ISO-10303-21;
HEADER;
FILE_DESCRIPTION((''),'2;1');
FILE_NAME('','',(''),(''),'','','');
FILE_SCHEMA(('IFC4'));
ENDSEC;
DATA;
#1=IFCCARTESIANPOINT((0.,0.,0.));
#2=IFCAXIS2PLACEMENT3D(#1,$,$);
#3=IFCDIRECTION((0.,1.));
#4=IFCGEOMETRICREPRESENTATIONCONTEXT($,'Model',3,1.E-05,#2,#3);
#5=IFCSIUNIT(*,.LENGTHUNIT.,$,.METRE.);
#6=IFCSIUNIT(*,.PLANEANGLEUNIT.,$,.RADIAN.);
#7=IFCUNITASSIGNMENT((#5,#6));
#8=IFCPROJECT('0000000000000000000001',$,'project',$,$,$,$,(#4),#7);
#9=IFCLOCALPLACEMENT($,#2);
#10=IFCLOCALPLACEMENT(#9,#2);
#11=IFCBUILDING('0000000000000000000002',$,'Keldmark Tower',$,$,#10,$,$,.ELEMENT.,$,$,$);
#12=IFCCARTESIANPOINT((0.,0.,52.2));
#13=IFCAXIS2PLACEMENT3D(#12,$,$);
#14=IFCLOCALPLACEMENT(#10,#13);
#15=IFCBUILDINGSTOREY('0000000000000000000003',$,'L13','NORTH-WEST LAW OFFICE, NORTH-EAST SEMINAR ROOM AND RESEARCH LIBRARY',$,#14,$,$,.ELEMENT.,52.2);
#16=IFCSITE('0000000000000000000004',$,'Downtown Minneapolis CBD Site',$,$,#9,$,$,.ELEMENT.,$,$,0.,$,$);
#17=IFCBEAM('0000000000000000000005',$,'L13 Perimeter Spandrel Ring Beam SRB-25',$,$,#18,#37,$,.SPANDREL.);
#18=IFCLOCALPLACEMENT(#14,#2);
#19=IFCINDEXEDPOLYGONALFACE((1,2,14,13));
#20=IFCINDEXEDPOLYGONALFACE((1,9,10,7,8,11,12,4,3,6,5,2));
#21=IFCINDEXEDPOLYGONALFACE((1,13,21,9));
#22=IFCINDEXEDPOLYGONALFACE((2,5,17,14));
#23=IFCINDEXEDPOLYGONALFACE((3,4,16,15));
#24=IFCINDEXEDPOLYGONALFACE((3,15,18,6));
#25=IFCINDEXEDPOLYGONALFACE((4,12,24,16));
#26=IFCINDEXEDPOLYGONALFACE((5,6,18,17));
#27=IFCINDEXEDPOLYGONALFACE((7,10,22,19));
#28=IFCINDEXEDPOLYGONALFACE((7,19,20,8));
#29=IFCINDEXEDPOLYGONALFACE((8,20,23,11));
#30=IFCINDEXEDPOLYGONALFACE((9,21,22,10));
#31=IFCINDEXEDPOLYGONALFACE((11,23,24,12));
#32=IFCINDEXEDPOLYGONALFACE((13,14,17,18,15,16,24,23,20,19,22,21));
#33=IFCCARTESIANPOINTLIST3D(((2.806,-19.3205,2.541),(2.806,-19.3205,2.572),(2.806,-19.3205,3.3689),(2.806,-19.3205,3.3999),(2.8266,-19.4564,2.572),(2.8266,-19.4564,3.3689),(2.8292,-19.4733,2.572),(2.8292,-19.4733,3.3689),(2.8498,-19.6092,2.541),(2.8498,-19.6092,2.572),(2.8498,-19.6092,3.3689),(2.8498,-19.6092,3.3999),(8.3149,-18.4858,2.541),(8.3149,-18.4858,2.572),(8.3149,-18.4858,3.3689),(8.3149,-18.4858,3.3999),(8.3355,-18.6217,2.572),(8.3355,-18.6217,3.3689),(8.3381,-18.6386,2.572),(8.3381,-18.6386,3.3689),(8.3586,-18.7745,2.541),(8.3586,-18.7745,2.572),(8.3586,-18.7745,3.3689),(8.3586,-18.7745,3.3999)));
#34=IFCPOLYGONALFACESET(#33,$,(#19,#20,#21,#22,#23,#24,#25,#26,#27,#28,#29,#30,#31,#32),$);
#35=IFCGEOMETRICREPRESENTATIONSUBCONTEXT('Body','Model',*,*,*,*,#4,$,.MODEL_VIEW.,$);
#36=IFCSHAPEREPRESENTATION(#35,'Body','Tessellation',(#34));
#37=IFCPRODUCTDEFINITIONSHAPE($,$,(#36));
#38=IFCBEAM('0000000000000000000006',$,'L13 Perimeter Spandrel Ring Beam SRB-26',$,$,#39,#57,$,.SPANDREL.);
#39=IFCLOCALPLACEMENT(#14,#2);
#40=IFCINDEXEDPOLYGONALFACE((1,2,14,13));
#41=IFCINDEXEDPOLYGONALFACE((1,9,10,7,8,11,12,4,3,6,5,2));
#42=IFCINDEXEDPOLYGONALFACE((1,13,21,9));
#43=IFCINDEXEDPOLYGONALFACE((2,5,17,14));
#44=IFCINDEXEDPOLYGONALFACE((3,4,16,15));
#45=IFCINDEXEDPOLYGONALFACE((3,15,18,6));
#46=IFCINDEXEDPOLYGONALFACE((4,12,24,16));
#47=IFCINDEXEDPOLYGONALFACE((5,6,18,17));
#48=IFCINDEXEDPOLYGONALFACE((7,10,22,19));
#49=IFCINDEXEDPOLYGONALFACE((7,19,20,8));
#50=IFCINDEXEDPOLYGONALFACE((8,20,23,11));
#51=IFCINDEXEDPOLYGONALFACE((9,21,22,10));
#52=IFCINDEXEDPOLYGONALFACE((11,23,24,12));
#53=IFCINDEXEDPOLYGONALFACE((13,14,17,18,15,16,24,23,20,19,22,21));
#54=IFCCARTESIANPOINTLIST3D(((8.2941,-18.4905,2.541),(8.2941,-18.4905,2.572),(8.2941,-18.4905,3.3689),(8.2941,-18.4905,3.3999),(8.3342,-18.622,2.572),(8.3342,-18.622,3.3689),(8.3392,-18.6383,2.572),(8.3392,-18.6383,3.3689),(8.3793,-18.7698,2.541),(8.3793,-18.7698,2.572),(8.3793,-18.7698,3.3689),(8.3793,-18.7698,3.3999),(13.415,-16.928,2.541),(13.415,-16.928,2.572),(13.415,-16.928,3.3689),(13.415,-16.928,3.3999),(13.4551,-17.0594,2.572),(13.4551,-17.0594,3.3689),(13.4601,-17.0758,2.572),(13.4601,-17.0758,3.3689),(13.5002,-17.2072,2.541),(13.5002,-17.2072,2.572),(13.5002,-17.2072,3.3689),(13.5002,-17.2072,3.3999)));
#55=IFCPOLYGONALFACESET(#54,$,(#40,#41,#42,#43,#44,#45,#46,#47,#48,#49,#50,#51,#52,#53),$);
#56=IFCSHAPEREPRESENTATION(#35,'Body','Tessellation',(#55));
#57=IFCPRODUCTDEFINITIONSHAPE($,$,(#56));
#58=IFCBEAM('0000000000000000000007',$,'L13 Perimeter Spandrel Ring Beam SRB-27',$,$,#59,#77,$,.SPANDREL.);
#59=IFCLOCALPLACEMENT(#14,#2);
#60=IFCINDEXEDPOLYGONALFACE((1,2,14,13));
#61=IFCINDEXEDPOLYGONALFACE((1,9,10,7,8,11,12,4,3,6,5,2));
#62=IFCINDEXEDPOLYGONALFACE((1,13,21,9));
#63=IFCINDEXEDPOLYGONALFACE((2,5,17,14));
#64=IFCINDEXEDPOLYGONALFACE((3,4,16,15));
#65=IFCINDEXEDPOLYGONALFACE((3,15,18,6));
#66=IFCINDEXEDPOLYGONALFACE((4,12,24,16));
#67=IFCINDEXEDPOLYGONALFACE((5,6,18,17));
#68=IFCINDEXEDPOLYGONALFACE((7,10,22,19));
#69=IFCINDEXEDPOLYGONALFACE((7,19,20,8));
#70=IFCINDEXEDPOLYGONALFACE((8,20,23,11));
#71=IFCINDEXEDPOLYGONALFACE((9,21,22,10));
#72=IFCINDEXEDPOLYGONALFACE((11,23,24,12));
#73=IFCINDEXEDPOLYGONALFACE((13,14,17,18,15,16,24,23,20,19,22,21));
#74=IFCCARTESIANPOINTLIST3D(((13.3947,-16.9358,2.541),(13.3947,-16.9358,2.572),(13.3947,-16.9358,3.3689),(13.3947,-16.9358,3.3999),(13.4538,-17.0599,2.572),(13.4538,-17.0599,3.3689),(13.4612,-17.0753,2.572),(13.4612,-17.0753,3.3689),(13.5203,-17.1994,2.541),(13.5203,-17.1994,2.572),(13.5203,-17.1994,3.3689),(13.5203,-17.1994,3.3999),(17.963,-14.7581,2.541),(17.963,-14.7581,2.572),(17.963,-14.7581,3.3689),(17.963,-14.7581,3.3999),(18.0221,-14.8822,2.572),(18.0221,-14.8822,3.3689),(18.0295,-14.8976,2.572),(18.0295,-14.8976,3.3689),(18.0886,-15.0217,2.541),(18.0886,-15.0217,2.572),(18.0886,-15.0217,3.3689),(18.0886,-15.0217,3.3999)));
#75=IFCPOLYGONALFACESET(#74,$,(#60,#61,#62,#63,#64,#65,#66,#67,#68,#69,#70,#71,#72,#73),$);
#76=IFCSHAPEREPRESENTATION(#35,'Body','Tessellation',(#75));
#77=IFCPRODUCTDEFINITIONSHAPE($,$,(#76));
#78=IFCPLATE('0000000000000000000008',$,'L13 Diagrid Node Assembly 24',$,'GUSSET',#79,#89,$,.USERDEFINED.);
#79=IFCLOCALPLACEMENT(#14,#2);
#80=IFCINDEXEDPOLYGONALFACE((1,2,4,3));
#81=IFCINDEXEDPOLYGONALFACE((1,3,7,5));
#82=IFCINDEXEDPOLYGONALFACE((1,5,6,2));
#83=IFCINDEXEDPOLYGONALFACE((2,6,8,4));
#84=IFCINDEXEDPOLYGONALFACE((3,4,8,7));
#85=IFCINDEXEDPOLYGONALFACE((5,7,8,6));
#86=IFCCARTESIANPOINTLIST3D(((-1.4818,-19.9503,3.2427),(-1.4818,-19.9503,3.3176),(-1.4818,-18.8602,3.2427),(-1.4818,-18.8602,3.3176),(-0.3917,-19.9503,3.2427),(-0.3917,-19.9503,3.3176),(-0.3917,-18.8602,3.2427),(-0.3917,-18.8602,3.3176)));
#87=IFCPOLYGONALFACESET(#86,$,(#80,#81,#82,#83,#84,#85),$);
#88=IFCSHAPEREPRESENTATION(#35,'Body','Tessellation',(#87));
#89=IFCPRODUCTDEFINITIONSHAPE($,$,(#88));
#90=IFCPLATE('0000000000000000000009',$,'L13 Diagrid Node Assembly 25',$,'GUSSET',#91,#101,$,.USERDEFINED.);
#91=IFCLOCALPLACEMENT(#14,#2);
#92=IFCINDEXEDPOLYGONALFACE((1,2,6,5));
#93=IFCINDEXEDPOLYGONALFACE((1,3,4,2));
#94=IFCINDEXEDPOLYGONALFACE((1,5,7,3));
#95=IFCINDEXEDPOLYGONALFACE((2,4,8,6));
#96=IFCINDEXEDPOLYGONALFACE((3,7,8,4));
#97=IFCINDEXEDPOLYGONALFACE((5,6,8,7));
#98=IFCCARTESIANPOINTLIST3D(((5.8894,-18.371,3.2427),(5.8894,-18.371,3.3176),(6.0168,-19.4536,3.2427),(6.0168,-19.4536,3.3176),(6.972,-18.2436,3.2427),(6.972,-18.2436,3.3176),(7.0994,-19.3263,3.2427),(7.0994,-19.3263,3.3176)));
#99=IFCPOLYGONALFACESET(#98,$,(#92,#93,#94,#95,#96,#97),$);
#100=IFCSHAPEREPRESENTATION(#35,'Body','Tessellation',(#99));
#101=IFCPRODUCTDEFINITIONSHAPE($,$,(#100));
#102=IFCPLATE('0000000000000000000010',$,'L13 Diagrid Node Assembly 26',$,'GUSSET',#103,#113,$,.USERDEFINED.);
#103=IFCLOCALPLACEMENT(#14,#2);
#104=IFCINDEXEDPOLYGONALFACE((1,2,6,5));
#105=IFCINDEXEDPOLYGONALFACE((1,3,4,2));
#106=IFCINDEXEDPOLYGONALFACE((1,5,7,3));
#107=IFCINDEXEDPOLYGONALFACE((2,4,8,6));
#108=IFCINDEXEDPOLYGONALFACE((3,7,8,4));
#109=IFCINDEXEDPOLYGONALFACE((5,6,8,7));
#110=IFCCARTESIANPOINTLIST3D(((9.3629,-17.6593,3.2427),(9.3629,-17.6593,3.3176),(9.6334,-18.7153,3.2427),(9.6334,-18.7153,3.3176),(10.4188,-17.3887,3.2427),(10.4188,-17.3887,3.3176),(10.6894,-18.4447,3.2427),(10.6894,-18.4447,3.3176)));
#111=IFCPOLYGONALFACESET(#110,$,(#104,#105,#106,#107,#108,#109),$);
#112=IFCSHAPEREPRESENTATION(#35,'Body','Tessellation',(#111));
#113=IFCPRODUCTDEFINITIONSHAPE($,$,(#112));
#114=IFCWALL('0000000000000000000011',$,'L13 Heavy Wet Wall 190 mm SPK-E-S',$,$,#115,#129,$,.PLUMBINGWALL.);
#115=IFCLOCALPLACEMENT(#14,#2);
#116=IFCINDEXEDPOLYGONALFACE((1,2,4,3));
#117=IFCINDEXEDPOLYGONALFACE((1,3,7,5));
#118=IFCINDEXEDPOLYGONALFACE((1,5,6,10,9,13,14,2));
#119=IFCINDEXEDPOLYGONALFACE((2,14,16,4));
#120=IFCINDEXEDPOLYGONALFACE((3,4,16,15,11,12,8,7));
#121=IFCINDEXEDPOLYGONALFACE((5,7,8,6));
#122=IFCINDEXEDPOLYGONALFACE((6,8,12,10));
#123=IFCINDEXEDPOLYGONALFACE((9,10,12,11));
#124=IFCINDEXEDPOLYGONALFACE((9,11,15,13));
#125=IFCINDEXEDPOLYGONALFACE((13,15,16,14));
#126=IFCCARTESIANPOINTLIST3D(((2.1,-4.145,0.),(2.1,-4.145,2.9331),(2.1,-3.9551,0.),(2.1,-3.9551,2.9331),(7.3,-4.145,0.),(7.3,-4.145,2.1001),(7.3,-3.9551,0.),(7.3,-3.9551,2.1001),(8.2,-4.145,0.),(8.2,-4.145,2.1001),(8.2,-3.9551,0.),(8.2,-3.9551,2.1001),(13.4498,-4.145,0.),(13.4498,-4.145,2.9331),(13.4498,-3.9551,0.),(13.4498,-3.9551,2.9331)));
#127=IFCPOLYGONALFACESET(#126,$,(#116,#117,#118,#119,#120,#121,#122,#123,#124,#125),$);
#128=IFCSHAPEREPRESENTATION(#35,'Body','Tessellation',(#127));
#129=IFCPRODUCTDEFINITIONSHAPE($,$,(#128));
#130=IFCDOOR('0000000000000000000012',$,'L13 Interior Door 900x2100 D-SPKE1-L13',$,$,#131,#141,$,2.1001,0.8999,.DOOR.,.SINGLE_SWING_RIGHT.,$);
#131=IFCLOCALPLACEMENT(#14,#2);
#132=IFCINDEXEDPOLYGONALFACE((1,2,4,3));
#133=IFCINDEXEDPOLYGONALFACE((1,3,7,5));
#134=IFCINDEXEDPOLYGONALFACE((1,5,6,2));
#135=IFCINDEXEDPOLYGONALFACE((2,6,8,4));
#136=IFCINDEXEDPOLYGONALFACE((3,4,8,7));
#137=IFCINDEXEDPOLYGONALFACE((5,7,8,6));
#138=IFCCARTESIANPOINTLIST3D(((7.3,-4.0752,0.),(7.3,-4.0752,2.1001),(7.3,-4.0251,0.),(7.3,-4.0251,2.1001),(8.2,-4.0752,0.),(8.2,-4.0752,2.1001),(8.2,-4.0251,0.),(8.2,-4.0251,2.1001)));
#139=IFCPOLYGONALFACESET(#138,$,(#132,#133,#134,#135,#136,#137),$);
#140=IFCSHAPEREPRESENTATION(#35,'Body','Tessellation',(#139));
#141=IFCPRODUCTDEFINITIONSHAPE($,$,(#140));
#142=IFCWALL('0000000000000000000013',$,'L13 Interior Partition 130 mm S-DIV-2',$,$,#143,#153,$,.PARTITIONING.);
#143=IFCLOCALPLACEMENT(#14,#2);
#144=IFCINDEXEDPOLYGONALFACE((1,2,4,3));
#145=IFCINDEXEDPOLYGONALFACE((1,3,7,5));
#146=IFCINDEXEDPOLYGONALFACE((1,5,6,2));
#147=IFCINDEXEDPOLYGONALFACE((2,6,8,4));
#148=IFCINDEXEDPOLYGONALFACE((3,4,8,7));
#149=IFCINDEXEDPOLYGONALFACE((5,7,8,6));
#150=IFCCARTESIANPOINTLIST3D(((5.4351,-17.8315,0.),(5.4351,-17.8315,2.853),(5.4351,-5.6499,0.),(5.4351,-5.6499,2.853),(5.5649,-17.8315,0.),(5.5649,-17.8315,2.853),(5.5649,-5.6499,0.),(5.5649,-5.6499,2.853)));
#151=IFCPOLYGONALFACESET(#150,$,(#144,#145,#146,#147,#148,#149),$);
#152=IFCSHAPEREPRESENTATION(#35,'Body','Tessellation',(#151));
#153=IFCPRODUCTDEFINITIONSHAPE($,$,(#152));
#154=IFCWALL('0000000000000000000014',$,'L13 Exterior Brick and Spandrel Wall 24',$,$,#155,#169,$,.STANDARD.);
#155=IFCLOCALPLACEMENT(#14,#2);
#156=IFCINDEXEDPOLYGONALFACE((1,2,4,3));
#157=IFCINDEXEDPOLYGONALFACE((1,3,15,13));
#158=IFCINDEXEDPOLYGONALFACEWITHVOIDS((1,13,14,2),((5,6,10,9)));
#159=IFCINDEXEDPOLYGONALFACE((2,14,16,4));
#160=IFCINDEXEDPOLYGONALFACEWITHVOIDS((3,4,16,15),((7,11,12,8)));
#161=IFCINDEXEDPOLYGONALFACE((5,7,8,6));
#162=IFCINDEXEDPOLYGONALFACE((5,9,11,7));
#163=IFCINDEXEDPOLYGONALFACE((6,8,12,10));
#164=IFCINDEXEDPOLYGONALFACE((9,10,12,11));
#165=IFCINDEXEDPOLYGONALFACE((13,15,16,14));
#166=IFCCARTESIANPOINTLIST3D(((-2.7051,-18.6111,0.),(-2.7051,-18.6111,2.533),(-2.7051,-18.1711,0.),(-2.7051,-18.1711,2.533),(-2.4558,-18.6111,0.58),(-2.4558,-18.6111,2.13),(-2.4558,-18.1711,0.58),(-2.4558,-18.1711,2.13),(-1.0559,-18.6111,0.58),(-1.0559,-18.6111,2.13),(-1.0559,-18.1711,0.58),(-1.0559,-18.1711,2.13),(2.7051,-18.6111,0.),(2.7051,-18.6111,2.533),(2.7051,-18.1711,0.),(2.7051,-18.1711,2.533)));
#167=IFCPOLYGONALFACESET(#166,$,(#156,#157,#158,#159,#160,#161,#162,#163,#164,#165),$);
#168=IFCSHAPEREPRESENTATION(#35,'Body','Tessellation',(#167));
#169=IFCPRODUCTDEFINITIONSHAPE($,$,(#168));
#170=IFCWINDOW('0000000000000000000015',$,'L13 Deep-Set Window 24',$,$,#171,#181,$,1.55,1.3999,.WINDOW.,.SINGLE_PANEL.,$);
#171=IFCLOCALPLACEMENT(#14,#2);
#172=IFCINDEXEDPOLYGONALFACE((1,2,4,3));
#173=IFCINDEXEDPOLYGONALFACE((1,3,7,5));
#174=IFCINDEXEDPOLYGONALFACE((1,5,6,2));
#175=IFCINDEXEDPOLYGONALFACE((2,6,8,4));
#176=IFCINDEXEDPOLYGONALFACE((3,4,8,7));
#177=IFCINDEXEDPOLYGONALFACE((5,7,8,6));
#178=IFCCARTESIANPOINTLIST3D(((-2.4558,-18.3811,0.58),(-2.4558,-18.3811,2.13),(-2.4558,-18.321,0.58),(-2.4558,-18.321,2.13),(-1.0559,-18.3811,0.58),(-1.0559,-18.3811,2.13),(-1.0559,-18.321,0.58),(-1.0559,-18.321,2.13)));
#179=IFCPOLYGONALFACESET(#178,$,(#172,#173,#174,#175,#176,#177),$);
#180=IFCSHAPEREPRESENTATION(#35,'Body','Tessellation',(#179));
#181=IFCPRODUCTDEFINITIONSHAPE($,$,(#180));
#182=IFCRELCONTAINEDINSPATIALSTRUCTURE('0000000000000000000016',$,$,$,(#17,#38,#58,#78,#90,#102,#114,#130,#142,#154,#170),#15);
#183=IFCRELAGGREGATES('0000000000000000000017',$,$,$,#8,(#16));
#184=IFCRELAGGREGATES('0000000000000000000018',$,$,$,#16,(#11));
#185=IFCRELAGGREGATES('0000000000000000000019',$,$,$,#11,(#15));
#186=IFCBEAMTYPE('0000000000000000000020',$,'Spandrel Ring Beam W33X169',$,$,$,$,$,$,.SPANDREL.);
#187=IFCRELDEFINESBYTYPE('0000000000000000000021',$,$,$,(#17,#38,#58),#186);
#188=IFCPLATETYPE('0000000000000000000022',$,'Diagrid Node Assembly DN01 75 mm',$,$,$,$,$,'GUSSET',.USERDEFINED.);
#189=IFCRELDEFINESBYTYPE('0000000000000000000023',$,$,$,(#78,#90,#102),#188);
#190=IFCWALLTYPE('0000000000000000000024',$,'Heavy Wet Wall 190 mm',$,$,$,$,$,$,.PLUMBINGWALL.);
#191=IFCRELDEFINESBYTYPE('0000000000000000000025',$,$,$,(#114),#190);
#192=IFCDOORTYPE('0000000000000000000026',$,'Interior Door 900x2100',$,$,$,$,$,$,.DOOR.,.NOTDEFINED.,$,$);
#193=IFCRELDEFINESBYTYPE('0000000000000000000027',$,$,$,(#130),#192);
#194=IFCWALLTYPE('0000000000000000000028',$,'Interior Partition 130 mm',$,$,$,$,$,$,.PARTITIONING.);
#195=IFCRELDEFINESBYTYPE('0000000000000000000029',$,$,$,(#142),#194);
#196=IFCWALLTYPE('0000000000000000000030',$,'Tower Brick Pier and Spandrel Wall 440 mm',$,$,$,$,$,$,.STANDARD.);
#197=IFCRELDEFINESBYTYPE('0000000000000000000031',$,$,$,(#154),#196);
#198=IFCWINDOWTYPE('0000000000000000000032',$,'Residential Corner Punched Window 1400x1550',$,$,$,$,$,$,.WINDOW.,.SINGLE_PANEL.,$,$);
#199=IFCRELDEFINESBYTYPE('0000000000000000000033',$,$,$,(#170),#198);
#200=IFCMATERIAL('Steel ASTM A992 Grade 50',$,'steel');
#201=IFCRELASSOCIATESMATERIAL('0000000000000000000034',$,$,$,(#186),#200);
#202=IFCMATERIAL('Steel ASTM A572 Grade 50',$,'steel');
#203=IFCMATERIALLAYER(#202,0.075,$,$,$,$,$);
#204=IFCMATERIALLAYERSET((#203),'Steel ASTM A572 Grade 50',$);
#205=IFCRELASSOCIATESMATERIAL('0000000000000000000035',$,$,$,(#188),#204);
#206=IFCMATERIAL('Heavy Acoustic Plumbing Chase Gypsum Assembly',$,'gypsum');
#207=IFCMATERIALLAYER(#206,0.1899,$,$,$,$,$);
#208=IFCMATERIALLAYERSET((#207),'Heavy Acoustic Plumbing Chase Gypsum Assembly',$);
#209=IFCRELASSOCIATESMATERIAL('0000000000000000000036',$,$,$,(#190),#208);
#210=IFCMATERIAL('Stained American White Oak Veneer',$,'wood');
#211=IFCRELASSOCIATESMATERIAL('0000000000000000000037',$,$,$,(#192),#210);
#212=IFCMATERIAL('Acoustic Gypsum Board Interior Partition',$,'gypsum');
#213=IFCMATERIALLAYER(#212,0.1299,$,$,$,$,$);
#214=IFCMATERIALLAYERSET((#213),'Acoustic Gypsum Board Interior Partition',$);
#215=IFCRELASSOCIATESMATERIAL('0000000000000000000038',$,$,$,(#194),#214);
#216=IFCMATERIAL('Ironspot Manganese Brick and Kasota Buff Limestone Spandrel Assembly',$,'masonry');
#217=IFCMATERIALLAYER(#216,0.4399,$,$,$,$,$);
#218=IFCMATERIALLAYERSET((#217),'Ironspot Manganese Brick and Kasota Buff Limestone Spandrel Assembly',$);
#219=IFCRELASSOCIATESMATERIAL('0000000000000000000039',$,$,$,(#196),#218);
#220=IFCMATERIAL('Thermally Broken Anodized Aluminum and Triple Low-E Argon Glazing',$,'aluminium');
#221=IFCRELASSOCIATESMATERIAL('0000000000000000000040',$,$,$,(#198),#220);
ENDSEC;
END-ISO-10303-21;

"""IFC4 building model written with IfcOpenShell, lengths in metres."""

from ifc_helpers import new_model, si_unit, direction, frame, frame_2d, origin, origin_2d, place, context, subcontext, project, spatial, rectangle, i_section, extrude, material, layer, layer_set, material_profile, profile_set, type_object, element, fill, save


model = new_model("IFC4")

# Units and contexts
model_context = context("Model", 3, precision=1e-05, world=origin(), true_north=direction((0.0, 1.0)))
body_context = subcontext(model_context, "Body", "Model", "MODEL_VIEW")
ifc_project = project(units=[si_unit("LENGTHUNIT", "METRE"), si_unit("PLANEANGLEUNIT", "RADIAN")], contexts=[model_context])

# Site, building, storey
site_placement = place(None, origin())
site = spatial("IfcSite", under=ifc_project, at=site_placement, Name="Downtown Minneapolis CBD Site", CompositionType="ELEMENT", RefElevation=0.0)
building_placement = place(site_placement, origin())
building = spatial("IfcBuilding", under=site, at=building_placement, Name="Keldmark Tower", CompositionType="ELEMENT")
storey_placement = place(building_placement, frame((0.0, 0.0, 52.2)))
storey = spatial("IfcBuildingStorey", under=building, at=storey_placement, Name="L13", Description="NORTH-WEST LAW OFFICE, NORTH-EAST SEMINAR ROOM AND RESEARCH LIBRARY", CompositionType="ELEMENT", Elevation=52.2)

# Beams
ifc_material_1 = material(Name="Steel ASTM A992 Grade 50", Category="steel")
ifc_material_profile_1 = material_profile(ifc_material_1, i_section(OverallWidth=0.292, OverallDepth=0.8589, WebThickness=0.0171, FlangeThickness=0.031, at=origin_2d()), Name="W33X169")
ifc_profile_set_1 = profile_set([ifc_material_profile_1], Name="Steel ASTM A992 Grade 50")
beam_type_1 = type_object("IfcBeamType", Name="Spandrel Ring Beam W33X169", PredefinedType="SPANDREL", material=ifc_profile_set_1)
beam_1_placement = place(storey_placement, frame((2.8279, -19.4648, 2.9705), z_axis=(0.988714, 0.149814, 0.0), x_axis=(-0.149814, 0.988714, 0.0)))
element("IfcBeam", 1, at=beam_1_placement, inside=storey, type_object=beam_type_1, Name="L13 Perimeter Spandrel Ring Beam SRB-25", PredefinedType="SPANDREL", context=body_context, shape_type="SweptSolid", body=[
    extrude(i_section(OverallWidth=0.292, OverallDepth=0.8589, WebThickness=0.0171, FlangeThickness=0.031, at=origin_2d()), origin(), (0.0, 0.0, 1.0), 5.5718),
])
beam_2_placement = place(storey_placement, frame((8.3367, -18.6301, 2.9705), z_axis=(0.956467, 0.291842, 0.0), x_axis=(-0.291842, 0.956467, 0.0)))
element("IfcBeam", 2, at=beam_2_placement, inside=storey, type_object=beam_type_1, Name="L13 Perimeter Spandrel Ring Beam SRB-26", PredefinedType="SPANDREL", context=body_context, shape_type="SweptSolid", body=[
    extrude(i_section(OverallWidth=0.292, OverallDepth=0.8589, WebThickness=0.0171, FlangeThickness=0.031, at=origin_2d()), origin(), (0.0, 0.0, 1.0), 5.354),
])
beam_3_placement = place(storey_placement, frame((13.4575, -17.0676, 2.9705), z_axis=(0.902682, 0.430308, 0.0), x_axis=(-0.430308, 0.902682, 0.0)))
element("IfcBeam", 3, at=beam_3_placement, inside=storey, type_object=beam_type_1, Name="L13 Perimeter Spandrel Ring Beam SRB-27", PredefinedType="SPANDREL", context=body_context, shape_type="SweptSolid", body=[
    extrude(i_section(OverallWidth=0.292, OverallDepth=0.8589, WebThickness=0.0171, FlangeThickness=0.031, at=origin_2d()), origin(), (0.0, 0.0, 1.0), 5.0608),
])

# Plates
ifc_material_2 = material(Name="Steel ASTM A572 Grade 50", Category="steel")
ifc_layer_1 = layer(ifc_material_2, 0.075)
ifc_layer_set_1 = layer_set([ifc_layer_1], Name="Steel ASTM A572 Grade 50")
plate_type = type_object("IfcPlateType", Name="Diagrid Node Assembly DN01 75 mm", ElementType="GUSSET", PredefinedType="USERDEFINED", material=ifc_layer_set_1)
for number, where, z_axis, x_axis, name in (
    (4, (-0.9368, -19.4053, 3.2427), (0.0, 0.0, 1.0), (1.0, 0.0, 0.0), "L13 Diagrid Node Assembly 24"),
    (5, (6.4944, -18.8486, 3.2427), (0.0, 0.0, 1.0), (0.99315, 0.116844, 0.0), "L13 Diagrid Node Assembly 25"),
    (6, (10.0261, -18.052, 3.2427), (0.0, 0.0, 1.0), (0.968713, 0.248183, 0.0), "L13 Diagrid Node Assembly 26"),
):
    element("IfcPlate", number, at=place(storey_placement, frame(where, z_axis=z_axis, x_axis=x_axis)), inside=storey, type_object=plate_type, Name=name, ObjectType="GUSSET", PredefinedType="USERDEFINED", context=body_context, shape_type="SweptSolid", body=[
        extrude(rectangle(XDim=1.0901, YDim=1.0901, at=origin_2d()), origin(), (0.0, 0.0, 1.0), 0.075),
    ])

# Wall, opening, door
ifc_material_3 = material(Name="Heavy Acoustic Plumbing Chase Gypsum Assembly", Category="gypsum")
ifc_layer_2 = layer(ifc_material_3, 0.1899)
ifc_layer_set_2 = layer_set([ifc_layer_2], Name="Heavy Acoustic Plumbing Chase Gypsum Assembly")
wall_type_1 = type_object("IfcWallType", Name="Heavy Wet Wall 190 mm", PredefinedType="PLUMBINGWALL", material=ifc_layer_set_2)
wall_1_placement = place(storey_placement, frame((2.1001, -4.05, 0.0), z_axis=(0.0, 0.0, 1.0), x_axis=(1.0, 0.0, 0.0)))
wall_1 = element("IfcWall", 7, at=wall_1_placement, inside=storey, type_object=wall_type_1, Name="L13 Heavy Wet Wall 190 mm SPK-E-S", PredefinedType="PLUMBINGWALL", context=body_context, shape_type="SweptSolid", body=[
    extrude(rectangle(XDim=11.3499, YDim=0.1899, at=frame_2d((5.6748, 0.0))), origin(), (0.0, 0.0, 1.0), 2.9331),
])
opening_1_placement = place(wall_1_placement, frame((5.2, 0.0, 0.0)))
opening_1 = element("IfcOpeningElement", 8, at=opening_1_placement, cuts=wall_1, PredefinedType="OPENING", context=body_context, shape_type="SweptSolid", body=[
    extrude(rectangle(XDim=0.8999, YDim=2.1001, at=frame_2d((0.45, 1.05))), frame((0.0, 0.105, 0.0), z_axis=(0.0, -1.0, 0.0), x_axis=(1.0, 0.0, 0.0)), (0.0, 0.0, 1.0), 0.21),
])
ifc_material_4 = material(Name="Stained American White Oak Veneer", Category="wood")
door_type = type_object("IfcDoorType", Name="Interior Door 900x2100", OperationType="NOTDEFINED", PredefinedType="DOOR", material=ifc_material_4)
door_placement = place(opening_1_placement, origin())
door = element("IfcDoor", 9, at=door_placement, inside=storey, type_object=door_type, Name="L13 Interior Door 900x2100 D-SPKE1-L13", OperationType="SINGLE_SWING_RIGHT", OverallHeight=2.1001, OverallWidth=0.8999, PredefinedType="DOOR", context=body_context, shape_type="SweptSolid", body=[
    extrude(rectangle(XDim=0.8999, YDim=2.1001, at=frame_2d((0.45, 1.05))), frame((0.0, 0.0249, 0.0), z_axis=(0.0, -1.0, 0.0), x_axis=(1.0, 0.0, 0.0)), (0.0, 0.0, 1.0), 0.05),
])
fill(opening_1, door)

# Wall
ifc_material_5 = material(Name="Acoustic Gypsum Board Interior Partition", Category="gypsum")
ifc_layer_3 = layer(ifc_material_5, 0.1299)
ifc_layer_set_3 = layer_set([ifc_layer_3], Name="Acoustic Gypsum Board Interior Partition")
wall_type_2 = type_object("IfcWallType", Name="Interior Partition 130 mm", PredefinedType="PARTITIONING", material=ifc_layer_set_3)
wall_2_placement = place(storey_placement, frame((5.5, -17.8315, 0.0), z_axis=(0.0, 0.0, 1.0), x_axis=(0.0, 1.0, 0.0)))
element("IfcWall", 10, at=wall_2_placement, inside=storey, type_object=wall_type_2, Name="L13 Interior Partition 130 mm S-DIV-2", PredefinedType="PARTITIONING", context=body_context, shape_type="SweptSolid", body=[
    extrude(rectangle(XDim=12.1816, YDim=0.1299, at=frame_2d((6.0908, 0.0))), origin(), (0.0, 0.0, 1.0), 2.853),
])

# Wall, opening, window
ifc_material_6 = material(Name="Ironspot Manganese Brick and Kasota Buff Limestone Spandrel Assembly", Category="masonry")
ifc_layer_4 = layer(ifc_material_6, 0.4399)
ifc_layer_set_4 = layer_set([ifc_layer_4], Name="Ironspot Manganese Brick and Kasota Buff Limestone Spandrel Assembly")
wall_type_3 = type_object("IfcWallType", Name="Tower Brick Pier and Spandrel Wall 440 mm", PredefinedType="STANDARD", material=ifc_layer_set_4)
wall_3_placement = place(storey_placement, frame((2.7051, -18.3911, 0.0), z_axis=(0.0, 0.0, 1.0), x_axis=(-1.0, 0.0, 0.0)))
wall_3 = element("IfcWall", 11, at=wall_3_placement, inside=storey, type_object=wall_type_3, Name="L13 Exterior Brick and Spandrel Wall 24", PredefinedType="STANDARD", context=body_context, shape_type="SweptSolid", body=[
    extrude(rectangle(XDim=5.4102, YDim=0.4399, at=frame_2d((2.7051, 0.0))), origin(), (0.0, 0.0, 1.0), 2.533),
])
opening_2_placement = place(wall_3_placement, frame((3.761, 0.0, 0.5801)))
opening_2 = element("IfcOpeningElement", 12, at=opening_2_placement, cuts=wall_3, PredefinedType="OPENING", context=body_context, shape_type="SweptSolid", body=[
    extrude(rectangle(XDim=1.3999, YDim=1.55, at=frame_2d((0.7, 0.7749))), frame((0.0, 0.23, 0.0), z_axis=(0.0, -1.0, 0.0), x_axis=(1.0, 0.0, 0.0)), (0.0, 0.0, 1.0), 0.46),
])
ifc_material_7 = material(Name="Thermally Broken Anodized Aluminum and Triple Low-E Argon Glazing", Category="aluminium")
window_type_1 = type_object("IfcWindowType", Name="Residential Corner Punched Window 1400x1550", PartitioningType="SINGLE_PANEL", PredefinedType="WINDOW", material=ifc_material_7)
window_1_placement = place(opening_2_placement, origin())
window_1 = element("IfcWindow", 13, at=window_1_placement, inside=storey, type_object=window_type_1, Name="L13 Deep-Set Window 24", OverallHeight=1.55, OverallWidth=1.3999, PartitioningType="SINGLE_PANEL", PredefinedType="WINDOW", context=body_context, shape_type="SweptSolid", body=[
    extrude(rectangle(XDim=1.3999, YDim=1.55, at=frame_2d((0.7, 0.7749))), frame((0.0, -0.01, 0.0), z_axis=(0.0, -1.0, 0.0), x_axis=(1.0, 0.0, 0.0)), (0.0, 0.0, 1.0), 0.0601),
])
fill(opening_2, window_1)

save(model, "model.ifc")
